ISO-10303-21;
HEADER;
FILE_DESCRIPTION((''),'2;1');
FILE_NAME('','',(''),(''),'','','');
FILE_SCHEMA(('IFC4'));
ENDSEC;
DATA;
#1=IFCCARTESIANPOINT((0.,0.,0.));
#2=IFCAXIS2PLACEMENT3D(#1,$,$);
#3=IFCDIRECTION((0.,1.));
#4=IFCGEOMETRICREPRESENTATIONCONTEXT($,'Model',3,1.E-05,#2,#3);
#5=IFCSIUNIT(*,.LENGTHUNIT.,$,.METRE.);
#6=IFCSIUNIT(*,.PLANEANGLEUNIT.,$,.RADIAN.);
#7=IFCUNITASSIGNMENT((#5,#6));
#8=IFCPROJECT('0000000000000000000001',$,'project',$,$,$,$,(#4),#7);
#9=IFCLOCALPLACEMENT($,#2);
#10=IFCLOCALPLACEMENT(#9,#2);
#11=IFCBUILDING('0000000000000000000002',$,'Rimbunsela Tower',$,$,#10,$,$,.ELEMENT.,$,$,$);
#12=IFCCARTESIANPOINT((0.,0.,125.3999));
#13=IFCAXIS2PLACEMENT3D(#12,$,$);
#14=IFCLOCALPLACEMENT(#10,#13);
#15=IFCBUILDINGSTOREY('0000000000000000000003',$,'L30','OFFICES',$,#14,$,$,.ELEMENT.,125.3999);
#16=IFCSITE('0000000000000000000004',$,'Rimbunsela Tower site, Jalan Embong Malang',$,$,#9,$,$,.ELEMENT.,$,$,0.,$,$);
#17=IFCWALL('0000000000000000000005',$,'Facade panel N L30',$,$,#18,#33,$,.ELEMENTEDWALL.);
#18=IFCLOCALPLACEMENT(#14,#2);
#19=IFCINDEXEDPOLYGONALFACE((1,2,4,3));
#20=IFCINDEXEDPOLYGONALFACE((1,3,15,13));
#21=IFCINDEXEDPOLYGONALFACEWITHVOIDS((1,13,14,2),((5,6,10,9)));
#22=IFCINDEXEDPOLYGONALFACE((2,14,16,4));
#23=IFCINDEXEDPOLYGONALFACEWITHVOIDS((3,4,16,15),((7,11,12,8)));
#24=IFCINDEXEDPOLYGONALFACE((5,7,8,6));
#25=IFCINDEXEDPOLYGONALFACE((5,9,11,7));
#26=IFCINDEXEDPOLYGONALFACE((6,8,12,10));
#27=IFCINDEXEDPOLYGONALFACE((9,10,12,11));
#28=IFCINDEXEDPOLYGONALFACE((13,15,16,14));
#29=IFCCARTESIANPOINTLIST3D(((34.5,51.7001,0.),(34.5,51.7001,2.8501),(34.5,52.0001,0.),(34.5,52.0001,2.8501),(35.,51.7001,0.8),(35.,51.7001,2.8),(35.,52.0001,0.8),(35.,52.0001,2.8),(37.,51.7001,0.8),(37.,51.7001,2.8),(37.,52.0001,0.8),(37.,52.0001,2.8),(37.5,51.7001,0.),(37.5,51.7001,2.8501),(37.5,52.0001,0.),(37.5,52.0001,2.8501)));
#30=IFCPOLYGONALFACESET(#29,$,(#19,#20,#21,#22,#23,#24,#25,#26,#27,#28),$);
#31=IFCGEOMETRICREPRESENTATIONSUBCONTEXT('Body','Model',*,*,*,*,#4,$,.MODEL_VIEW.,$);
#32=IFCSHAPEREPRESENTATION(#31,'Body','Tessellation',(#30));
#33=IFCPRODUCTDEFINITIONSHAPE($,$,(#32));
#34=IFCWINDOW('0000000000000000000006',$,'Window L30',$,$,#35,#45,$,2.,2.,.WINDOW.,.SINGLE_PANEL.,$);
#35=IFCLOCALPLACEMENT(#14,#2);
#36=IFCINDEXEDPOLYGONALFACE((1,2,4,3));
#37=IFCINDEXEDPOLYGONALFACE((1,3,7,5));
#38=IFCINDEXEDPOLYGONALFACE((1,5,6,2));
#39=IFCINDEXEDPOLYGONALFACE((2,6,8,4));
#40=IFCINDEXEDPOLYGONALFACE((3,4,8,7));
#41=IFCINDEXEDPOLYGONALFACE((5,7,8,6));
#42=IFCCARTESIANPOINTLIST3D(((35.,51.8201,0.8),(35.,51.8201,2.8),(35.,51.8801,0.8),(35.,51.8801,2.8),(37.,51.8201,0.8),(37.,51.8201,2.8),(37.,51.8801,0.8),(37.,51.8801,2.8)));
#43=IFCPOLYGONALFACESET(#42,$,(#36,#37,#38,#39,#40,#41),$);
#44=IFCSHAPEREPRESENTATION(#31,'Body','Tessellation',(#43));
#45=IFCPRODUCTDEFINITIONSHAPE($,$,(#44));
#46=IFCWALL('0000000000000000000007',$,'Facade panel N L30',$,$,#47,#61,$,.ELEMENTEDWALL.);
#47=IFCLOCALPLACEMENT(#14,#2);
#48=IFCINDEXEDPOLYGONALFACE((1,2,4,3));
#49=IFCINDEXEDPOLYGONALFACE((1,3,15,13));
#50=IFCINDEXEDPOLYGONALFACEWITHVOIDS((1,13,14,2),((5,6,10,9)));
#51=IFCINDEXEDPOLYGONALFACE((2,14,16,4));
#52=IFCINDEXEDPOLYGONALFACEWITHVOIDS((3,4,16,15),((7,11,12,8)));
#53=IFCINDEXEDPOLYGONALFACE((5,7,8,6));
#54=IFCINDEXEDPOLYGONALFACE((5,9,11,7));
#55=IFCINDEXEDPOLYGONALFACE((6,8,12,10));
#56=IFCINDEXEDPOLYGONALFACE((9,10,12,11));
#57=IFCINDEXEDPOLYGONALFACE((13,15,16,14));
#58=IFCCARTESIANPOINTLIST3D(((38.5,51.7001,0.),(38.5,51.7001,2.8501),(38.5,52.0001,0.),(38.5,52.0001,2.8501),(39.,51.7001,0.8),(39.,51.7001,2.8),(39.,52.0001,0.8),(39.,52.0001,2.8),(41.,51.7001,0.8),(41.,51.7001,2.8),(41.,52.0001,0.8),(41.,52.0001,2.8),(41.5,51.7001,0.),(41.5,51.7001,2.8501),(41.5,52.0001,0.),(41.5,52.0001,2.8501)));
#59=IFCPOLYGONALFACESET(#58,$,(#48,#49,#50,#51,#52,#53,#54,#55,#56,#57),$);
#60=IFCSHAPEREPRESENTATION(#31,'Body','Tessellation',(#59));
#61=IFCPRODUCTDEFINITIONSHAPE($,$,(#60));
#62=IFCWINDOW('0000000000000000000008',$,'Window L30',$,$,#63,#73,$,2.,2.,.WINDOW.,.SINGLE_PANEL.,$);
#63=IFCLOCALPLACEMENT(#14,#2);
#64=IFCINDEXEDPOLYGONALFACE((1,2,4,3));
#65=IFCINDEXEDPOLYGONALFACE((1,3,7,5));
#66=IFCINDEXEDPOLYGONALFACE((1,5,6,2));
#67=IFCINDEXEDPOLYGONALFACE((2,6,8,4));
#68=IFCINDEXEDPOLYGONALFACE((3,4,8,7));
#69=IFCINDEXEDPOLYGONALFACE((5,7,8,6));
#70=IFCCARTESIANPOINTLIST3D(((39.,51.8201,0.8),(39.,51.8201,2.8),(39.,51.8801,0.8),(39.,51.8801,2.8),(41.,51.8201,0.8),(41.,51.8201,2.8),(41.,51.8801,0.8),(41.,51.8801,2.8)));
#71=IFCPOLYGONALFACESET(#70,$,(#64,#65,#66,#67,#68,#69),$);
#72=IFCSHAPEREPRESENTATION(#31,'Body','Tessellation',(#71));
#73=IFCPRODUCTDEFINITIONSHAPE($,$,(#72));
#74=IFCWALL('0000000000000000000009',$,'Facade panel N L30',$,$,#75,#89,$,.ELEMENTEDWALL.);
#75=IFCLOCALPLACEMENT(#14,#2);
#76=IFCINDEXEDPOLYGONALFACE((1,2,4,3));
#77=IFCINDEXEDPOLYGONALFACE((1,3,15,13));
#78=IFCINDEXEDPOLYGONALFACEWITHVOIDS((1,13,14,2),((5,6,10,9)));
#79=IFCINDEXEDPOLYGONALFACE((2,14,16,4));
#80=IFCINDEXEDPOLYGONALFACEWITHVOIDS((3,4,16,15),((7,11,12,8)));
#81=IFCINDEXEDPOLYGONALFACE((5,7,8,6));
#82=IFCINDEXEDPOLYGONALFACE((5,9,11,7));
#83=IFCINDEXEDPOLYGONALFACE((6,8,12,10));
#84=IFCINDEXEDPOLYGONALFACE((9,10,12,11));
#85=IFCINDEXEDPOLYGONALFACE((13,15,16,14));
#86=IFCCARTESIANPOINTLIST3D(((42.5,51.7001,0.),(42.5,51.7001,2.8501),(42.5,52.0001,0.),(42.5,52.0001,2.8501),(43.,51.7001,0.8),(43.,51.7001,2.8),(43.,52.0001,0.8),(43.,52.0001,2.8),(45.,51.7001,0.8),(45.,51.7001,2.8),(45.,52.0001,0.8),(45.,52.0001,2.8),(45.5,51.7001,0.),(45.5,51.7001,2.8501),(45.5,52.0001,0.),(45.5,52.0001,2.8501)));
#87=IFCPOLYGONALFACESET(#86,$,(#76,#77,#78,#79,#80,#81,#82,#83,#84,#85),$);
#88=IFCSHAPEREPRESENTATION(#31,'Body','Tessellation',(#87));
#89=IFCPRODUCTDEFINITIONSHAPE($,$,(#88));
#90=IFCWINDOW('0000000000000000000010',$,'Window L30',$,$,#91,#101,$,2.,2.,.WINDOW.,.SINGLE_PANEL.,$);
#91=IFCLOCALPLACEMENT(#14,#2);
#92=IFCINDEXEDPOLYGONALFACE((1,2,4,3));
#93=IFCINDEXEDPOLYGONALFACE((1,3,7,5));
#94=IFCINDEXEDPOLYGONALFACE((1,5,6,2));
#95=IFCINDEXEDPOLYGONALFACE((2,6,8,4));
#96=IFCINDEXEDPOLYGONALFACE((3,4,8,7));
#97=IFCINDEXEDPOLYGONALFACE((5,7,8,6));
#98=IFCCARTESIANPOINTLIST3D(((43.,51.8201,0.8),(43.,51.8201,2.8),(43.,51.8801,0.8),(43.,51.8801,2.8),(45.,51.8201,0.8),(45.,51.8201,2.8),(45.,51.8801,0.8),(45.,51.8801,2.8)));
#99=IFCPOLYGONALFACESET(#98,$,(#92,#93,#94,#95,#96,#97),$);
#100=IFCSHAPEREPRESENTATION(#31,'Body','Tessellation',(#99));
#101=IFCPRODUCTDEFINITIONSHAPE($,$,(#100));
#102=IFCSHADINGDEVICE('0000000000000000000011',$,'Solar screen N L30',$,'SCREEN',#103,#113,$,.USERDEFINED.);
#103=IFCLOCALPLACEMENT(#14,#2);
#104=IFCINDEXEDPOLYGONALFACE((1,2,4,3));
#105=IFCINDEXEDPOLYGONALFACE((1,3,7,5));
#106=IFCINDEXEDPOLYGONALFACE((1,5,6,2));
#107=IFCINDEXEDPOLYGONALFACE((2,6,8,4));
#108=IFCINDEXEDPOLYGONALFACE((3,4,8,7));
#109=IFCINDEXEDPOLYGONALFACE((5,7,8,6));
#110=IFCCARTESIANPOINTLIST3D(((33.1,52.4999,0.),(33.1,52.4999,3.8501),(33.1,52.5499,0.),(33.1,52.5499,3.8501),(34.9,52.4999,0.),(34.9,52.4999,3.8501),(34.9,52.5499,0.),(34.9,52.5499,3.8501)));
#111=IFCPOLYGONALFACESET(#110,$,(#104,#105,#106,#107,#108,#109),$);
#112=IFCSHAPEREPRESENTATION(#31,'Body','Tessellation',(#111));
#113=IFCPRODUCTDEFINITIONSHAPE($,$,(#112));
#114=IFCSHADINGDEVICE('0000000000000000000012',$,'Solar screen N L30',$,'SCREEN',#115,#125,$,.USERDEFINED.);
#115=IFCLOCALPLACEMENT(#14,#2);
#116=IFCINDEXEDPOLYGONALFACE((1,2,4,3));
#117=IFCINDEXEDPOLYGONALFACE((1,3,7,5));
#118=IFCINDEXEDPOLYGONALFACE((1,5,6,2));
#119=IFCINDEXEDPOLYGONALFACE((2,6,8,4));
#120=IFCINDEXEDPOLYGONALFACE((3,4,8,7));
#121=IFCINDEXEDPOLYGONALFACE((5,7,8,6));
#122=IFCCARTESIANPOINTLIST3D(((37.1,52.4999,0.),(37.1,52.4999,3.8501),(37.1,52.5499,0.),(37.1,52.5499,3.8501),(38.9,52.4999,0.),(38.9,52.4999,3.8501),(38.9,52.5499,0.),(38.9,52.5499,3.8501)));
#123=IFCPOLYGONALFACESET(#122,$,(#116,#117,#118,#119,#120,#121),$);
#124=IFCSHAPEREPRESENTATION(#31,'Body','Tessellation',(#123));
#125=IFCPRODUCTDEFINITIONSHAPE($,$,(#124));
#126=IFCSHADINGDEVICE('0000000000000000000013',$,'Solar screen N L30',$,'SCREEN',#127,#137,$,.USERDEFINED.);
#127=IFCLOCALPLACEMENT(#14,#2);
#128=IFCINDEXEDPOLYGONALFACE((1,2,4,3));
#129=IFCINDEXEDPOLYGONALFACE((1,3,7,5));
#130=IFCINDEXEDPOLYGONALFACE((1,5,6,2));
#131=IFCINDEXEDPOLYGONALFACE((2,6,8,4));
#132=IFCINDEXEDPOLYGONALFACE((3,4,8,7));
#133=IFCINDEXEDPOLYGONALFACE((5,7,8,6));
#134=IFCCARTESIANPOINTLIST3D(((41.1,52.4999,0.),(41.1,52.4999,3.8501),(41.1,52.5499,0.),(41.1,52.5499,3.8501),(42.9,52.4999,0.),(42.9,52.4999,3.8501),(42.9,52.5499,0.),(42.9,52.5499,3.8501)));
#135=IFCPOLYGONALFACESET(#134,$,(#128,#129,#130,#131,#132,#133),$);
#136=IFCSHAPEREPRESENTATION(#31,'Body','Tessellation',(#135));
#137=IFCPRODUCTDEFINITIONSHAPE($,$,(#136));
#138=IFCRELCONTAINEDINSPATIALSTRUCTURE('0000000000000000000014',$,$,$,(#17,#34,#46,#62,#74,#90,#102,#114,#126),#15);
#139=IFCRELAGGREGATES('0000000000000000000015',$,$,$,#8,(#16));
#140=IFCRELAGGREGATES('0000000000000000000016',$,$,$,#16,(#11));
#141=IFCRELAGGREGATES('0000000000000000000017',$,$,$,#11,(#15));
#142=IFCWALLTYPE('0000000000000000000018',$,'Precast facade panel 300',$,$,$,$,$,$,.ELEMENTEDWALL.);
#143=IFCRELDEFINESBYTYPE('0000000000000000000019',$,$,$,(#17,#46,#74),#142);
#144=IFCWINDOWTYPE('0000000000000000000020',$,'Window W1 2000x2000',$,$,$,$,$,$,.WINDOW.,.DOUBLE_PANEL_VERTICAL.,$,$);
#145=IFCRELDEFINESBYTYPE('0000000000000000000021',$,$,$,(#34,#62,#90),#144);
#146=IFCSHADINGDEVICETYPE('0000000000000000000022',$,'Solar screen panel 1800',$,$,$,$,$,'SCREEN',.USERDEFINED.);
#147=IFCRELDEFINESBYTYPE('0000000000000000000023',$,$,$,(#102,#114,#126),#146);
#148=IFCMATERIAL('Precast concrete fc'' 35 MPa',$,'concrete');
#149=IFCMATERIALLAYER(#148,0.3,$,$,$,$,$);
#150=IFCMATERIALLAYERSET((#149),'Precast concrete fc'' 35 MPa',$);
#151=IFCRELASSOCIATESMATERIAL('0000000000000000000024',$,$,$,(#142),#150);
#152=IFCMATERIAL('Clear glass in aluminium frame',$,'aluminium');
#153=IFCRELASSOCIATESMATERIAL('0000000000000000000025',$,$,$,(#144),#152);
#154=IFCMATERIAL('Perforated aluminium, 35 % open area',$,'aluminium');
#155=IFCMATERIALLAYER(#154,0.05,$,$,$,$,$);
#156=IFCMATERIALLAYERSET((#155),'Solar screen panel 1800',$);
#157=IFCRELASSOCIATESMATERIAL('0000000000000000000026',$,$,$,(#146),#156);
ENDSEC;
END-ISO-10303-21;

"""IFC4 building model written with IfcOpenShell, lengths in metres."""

from ifc_helpers import new_model, si_unit, direction, frame, frame_2d, origin, origin_2d, place, context, subcontext, project, spatial, rectangle, extrude, material, layer, layer_set, type_object, element, fill, save


model = new_model("IFC4")

# Units and contexts
model_context = context("Model", 3, precision=1e-05, world=origin(), true_north=direction((0.0, 1.0)))
body_context = subcontext(model_context, "Body", "Model", "MODEL_VIEW")
ifc_project = project(units=[si_unit("LENGTHUNIT", "METRE"), si_unit("PLANEANGLEUNIT", "RADIAN")], contexts=[model_context])

# Site, building, storey
site_placement = place(None, origin())
site = spatial("IfcSite", under=ifc_project, at=site_placement, Name="Rimbunsela Tower site, Jalan Embong Malang", CompositionType="ELEMENT", RefElevation=0.0)
building_placement = place(site_placement, origin())
building = spatial("IfcBuilding", under=site, at=building_placement, Name="Rimbunsela Tower", CompositionType="ELEMENT")
storey_placement = place(building_placement, frame((0.0, 0.0, 125.3999)))
storey = spatial("IfcBuildingStorey", under=building, at=storey_placement, Name="L30", Description="OFFICES", CompositionType="ELEMENT", Elevation=125.3999)

# Walls, openings, windows
ifc_material_1 = material(Name="Precast concrete fc' 35 MPa", Category="concrete")
ifc_layer_1 = layer(ifc_material_1, 0.3)
ifc_layer_set_1 = layer_set([ifc_layer_1], Name="Precast concrete fc' 35 MPa")
wall_type_1 = type_object("IfcWallType", Name="Precast facade panel 300", PredefinedType="ELEMENTEDWALL", material=ifc_layer_set_1)
wall_1_placement = place(storey_placement, frame((37.5, 51.8501, 0.0), z_axis=(0.0, 0.0, 1.0), x_axis=(-1.0, 0.0, 0.0)))
wall_1 = element("IfcWall", 1, at=wall_1_placement, inside=storey, type_object=wall_type_1, Name="Facade panel N L30", PredefinedType="ELEMENTEDWALL", context=body_context, shape_type="SweptSolid", body=[
    extrude(rectangle(XDim=3.0, YDim=0.3, at=frame_2d((1.5, 0.0))), origin(), (0.0, 0.0, 1.0), 2.8501),
])
opening_1_placement = place(wall_1_placement, frame((0.5, 0.0, 0.8)))
opening_1 = element("IfcOpeningElement", 2, at=opening_1_placement, cuts=wall_1, PredefinedType="OPENING", context=body_context, shape_type="SweptSolid", body=[
    extrude(rectangle(XDim=2.0, YDim=2.0, at=frame_2d((1.0, 1.0))), frame((0.0, 0.1599, 0.0), z_axis=(0.0, -1.0, 0.0), x_axis=(1.0, 0.0, 0.0)), (0.0, 0.0, 1.0), 0.3201),
])
ifc_material_2 = material(Name="Clear glass in aluminium frame", Category="aluminium")
window_type = type_object("IfcWindowType", Name="Window W1 2000x2000", PartitioningType="DOUBLE_PANEL_VERTICAL", PredefinedType="WINDOW", material=ifc_material_2)
window_1_placement = place(opening_1_placement, origin())
window_1 = element("IfcWindow", 3, at=window_1_placement, inside=storey, type_object=window_type, Name="Window L30", OverallHeight=2.0, OverallWidth=2.0, PartitioningType="SINGLE_PANEL", PredefinedType="WINDOW", context=body_context, shape_type="SweptSolid", body=[
    extrude(rectangle(XDim=2.0, YDim=2.0, at=frame_2d((1.0, 1.0))), frame((0.0, 0.03, 0.0), z_axis=(0.0, -1.0, 0.0), x_axis=(1.0, 0.0, 0.0)), (0.0, 0.0, 1.0), 0.0601),
])
fill(opening_1, window_1)
wall_2_placement = place(storey_placement, frame((41.5, 51.8501, 0.0), z_axis=(0.0, 0.0, 1.0), x_axis=(-1.0, 0.0, 0.0)))
wall_2 = element("IfcWall", 4, at=wall_2_placement, inside=storey, type_object=wall_type_1, Name="Facade panel N L30", PredefinedType="ELEMENTEDWALL", context=body_context, shape_type="SweptSolid", body=[
    extrude(rectangle(XDim=3.0, YDim=0.3, at=frame_2d((1.5, 0.0))), origin(), (0.0, 0.0, 1.0), 2.8501),
])
opening_2_placement = place(wall_2_placement, frame((0.5, 0.0, 0.8)))
opening_2 = element("IfcOpeningElement", 5, at=opening_2_placement, cuts=wall_2, PredefinedType="OPENING", context=body_context, shape_type="SweptSolid", body=[
    extrude(rectangle(XDim=2.0, YDim=2.0, at=frame_2d((1.0, 1.0))), frame((0.0, 0.1599, 0.0), z_axis=(0.0, -1.0, 0.0), x_axis=(1.0, 0.0, 0.0)), (0.0, 0.0, 1.0), 0.3201),
])
window_2_placement = place(opening_2_placement, origin())
window_2 = element("IfcWindow", 6, at=window_2_placement, inside=storey, type_object=window_type, Name="Window L30", OverallHeight=2.0, OverallWidth=2.0, PartitioningType="SINGLE_PANEL", PredefinedType="WINDOW", context=body_context, shape_type="SweptSolid", body=[
    extrude(rectangle(XDim=2.0, YDim=2.0, at=frame_2d((1.0, 1.0))), frame((0.0, 0.03, 0.0), z_axis=(0.0, -1.0, 0.0), x_axis=(1.0, 0.0, 0.0)), (0.0, 0.0, 1.0), 0.0601),
])
fill(opening_2, window_2)
wall_3_placement = place(storey_placement, frame((45.5, 51.8501, 0.0), z_axis=(0.0, 0.0, 1.0), x_axis=(-1.0, 0.0, 0.0)))
wall_3 = element("IfcWall", 7, at=wall_3_placement, inside=storey, type_object=wall_type_1, Name="Facade panel N L30", PredefinedType="ELEMENTEDWALL", context=body_context, shape_type="SweptSolid", body=[
    extrude(rectangle(XDim=3.0, YDim=0.3, at=frame_2d((1.5, 0.0))), origin(), (0.0, 0.0, 1.0), 2.8501),
])
opening_3_placement = place(wall_3_placement, frame((0.5, 0.0, 0.8)))
opening_3 = element("IfcOpeningElement", 8, at=opening_3_placement, cuts=wall_3, PredefinedType="OPENING", context=body_context, shape_type="SweptSolid", body=[
    extrude(rectangle(XDim=2.0, YDim=2.0, at=frame_2d((1.0, 1.0))), frame((0.0, 0.1599, 0.0), z_axis=(0.0, -1.0, 0.0), x_axis=(1.0, 0.0, 0.0)), (0.0, 0.0, 1.0), 0.3201),
])
window_3_placement = place(opening_3_placement, origin())
window_3 = element("IfcWindow", 9, at=window_3_placement, inside=storey, type_object=window_type, Name="Window L30", OverallHeight=2.0, OverallWidth=2.0, PartitioningType="SINGLE_PANEL", PredefinedType="WINDOW", context=body_context, shape_type="SweptSolid", body=[
    extrude(rectangle(XDim=2.0, YDim=2.0, at=frame_2d((1.0, 1.0))), frame((0.0, 0.03, 0.0), z_axis=(0.0, -1.0, 0.0), x_axis=(1.0, 0.0, 0.0)), (0.0, 0.0, 1.0), 0.0601),
])
fill(opening_3, window_3)

# Shading devices
ifc_material_3 = material(Name="Perforated aluminium, 35 % open area", Category="aluminium")
ifc_layer_2 = layer(ifc_material_3, 0.05)
ifc_layer_set_2 = layer_set([ifc_layer_2], Name="Solar screen panel 1800")
shading_device_type = type_object("IfcShadingDeviceType", Name="Solar screen panel 1800", ElementType="SCREEN", PredefinedType="USERDEFINED", material=ifc_layer_set_2)
for number, where, z_axis, x_axis, name in (
    (10, (34.0, 52.5249, 0.0), (0.0, 0.0, 1.0), (1.0, 0.0, 0.0), "Solar screen N L30"),
    (11, (38.0, 52.5249, 0.0), (0.0, 0.0, 1.0), (1.0, 0.0, 0.0), "Solar screen N L30"),
    (12, (42.0, 52.5249, 0.0), (0.0, 0.0, 1.0), (1.0, 0.0, 0.0), "Solar screen N L30"),
):
    element("IfcShadingDevice", number, at=place(storey_placement, frame(where, z_axis=z_axis, x_axis=x_axis)), inside=storey, type_object=shading_device_type, Name=name, ObjectType="SCREEN", PredefinedType="USERDEFINED", context=body_context, shape_type="SweptSolid", body=[
        extrude(rectangle(XDim=1.8, YDim=0.05, at=origin_2d()), origin(), (0.0, 0.0, 1.0), 3.8501),
    ])

save(model, "model.ifc")
